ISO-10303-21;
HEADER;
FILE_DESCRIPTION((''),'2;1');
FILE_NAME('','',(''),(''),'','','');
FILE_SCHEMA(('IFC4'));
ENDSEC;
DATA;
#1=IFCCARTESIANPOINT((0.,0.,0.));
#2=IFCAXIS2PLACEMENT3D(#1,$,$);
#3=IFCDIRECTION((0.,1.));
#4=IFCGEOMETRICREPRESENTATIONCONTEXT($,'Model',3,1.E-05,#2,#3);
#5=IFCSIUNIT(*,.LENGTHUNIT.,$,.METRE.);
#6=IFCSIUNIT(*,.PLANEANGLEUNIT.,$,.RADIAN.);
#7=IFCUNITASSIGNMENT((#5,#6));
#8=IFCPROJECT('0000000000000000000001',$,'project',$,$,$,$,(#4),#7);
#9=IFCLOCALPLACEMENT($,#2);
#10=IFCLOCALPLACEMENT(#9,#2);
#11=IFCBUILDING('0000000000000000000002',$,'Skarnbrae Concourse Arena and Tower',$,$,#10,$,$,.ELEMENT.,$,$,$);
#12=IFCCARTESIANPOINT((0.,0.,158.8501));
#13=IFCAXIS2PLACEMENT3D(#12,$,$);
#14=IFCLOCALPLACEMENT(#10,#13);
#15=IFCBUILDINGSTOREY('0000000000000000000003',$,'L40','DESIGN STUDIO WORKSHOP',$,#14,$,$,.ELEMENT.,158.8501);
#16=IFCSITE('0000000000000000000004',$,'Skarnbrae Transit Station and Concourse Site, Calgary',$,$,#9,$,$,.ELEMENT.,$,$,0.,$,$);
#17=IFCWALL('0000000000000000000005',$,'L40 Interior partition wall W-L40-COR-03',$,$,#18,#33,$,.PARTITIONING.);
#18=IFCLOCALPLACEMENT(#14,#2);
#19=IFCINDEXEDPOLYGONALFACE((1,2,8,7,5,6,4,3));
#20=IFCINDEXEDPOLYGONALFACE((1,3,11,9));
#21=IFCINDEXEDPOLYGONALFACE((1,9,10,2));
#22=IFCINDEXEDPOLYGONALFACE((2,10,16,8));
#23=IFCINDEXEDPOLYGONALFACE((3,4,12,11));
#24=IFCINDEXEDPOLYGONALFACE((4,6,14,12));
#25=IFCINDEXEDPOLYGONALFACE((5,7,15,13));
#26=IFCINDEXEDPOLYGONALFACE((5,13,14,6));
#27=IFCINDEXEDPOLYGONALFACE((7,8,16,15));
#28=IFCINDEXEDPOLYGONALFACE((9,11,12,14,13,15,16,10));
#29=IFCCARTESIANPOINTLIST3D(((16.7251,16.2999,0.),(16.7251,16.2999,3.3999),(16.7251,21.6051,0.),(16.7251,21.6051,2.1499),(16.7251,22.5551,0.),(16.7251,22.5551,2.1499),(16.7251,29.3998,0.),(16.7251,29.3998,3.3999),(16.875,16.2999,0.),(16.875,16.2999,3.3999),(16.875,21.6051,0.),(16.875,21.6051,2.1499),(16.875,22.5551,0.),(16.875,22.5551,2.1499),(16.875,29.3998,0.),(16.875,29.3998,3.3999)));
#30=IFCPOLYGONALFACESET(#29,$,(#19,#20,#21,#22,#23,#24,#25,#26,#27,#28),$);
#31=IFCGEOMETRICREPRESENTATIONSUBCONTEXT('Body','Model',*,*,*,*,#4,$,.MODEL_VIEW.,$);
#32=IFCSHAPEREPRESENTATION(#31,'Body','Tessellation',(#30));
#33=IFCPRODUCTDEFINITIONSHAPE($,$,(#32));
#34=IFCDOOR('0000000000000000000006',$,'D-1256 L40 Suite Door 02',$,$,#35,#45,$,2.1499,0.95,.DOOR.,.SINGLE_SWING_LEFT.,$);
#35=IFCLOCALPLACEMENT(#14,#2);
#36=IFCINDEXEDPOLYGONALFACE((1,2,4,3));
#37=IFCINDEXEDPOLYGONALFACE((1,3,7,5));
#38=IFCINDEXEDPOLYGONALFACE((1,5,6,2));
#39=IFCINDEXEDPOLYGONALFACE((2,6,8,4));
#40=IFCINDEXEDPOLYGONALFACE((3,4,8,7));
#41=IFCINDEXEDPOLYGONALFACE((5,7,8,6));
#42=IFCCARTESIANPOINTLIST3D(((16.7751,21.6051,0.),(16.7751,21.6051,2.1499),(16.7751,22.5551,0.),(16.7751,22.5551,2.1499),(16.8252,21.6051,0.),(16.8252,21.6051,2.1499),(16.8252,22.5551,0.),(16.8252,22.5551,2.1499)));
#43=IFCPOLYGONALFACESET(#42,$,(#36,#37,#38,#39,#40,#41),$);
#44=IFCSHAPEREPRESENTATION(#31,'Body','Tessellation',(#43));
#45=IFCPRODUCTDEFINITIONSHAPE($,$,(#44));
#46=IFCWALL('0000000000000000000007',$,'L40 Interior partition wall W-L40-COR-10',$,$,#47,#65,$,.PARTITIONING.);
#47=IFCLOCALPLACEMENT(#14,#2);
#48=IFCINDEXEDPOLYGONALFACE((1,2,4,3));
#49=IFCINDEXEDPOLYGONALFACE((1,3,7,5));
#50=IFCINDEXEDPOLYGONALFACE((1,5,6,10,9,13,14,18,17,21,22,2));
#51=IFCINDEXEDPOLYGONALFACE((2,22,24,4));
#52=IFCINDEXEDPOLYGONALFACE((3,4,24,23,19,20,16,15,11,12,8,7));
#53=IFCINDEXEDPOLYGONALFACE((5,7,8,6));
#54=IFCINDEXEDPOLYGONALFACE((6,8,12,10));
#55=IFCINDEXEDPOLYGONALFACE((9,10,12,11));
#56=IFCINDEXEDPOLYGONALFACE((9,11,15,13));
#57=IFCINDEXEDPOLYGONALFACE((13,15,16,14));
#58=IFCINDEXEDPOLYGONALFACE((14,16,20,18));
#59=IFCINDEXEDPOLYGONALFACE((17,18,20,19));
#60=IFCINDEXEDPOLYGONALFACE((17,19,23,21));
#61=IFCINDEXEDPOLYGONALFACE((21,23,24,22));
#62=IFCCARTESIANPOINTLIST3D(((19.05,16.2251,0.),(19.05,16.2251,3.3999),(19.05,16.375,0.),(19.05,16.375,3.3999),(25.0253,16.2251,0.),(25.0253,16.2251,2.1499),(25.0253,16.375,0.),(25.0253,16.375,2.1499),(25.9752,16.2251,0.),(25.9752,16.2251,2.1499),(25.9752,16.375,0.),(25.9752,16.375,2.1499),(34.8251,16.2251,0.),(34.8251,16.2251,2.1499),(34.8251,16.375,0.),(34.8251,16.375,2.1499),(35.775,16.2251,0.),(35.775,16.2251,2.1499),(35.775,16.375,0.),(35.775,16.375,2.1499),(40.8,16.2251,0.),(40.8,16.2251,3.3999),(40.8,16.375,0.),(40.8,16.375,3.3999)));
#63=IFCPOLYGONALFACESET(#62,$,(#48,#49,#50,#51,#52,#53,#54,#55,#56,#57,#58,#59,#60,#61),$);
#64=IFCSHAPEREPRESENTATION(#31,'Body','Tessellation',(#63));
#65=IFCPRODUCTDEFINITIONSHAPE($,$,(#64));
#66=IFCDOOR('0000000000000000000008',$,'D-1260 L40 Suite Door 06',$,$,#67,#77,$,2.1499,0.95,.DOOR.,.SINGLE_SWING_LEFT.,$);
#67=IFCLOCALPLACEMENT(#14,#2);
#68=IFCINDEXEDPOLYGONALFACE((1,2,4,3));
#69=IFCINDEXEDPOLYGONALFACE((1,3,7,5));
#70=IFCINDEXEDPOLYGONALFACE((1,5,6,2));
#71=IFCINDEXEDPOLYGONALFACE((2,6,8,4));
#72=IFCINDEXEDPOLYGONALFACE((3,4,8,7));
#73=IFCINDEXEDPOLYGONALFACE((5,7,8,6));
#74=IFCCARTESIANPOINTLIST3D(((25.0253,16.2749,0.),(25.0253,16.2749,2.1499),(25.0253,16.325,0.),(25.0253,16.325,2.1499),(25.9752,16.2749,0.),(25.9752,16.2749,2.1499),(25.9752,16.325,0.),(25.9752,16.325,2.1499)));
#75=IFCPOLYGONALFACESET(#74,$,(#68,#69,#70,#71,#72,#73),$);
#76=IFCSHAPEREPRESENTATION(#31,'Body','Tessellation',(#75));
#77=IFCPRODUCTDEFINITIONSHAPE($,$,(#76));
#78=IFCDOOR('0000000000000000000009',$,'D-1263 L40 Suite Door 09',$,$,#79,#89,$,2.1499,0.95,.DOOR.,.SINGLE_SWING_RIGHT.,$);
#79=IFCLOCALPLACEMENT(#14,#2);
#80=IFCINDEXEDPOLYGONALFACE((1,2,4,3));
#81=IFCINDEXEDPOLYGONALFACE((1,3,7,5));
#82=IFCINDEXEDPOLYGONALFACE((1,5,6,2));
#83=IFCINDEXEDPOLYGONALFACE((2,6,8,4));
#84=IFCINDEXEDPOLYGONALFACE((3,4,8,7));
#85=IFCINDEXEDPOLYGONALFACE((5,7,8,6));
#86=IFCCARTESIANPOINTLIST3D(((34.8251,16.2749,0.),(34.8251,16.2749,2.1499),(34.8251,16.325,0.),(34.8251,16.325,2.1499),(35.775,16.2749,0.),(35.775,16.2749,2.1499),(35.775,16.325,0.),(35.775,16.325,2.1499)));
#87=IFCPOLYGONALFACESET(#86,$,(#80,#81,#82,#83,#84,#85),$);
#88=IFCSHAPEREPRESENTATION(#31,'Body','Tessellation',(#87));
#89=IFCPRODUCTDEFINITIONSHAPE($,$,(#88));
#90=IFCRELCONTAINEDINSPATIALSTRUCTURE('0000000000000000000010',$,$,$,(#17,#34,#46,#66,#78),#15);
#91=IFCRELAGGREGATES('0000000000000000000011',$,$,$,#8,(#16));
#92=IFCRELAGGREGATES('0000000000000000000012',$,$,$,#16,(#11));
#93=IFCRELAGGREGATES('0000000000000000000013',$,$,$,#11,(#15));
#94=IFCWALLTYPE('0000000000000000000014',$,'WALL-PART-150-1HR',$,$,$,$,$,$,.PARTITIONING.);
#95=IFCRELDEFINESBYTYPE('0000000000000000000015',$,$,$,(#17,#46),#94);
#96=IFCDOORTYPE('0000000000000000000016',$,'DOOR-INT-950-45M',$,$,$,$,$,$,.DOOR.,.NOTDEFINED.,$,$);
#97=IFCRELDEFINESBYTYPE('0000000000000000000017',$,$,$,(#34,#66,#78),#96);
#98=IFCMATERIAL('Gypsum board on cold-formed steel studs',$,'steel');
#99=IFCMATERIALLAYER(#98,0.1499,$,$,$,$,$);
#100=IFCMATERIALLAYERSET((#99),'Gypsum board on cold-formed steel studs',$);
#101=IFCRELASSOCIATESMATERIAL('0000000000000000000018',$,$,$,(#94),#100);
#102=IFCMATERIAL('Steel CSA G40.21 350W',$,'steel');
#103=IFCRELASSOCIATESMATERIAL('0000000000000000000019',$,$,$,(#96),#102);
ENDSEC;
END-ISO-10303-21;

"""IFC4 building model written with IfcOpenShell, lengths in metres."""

from ifc_helpers import new_model, si_unit, direction, frame, frame_2d, origin, place, context, subcontext, project, spatial, rectangle, extrude, source, transform, mapped, material, layer, layer_set, type_object, element, fill, save


model = new_model("IFC4")

# Units and contexts
model_context = context("Model", 3, precision=1e-05, world=origin(), true_north=direction((0.0, 1.0)))
body_context = subcontext(model_context, "Body", "Model", "MODEL_VIEW")
ifc_project = project(units=[si_unit("LENGTHUNIT", "METRE"), si_unit("PLANEANGLEUNIT", "RADIAN")], contexts=[model_context])

# Site, building, storey
site_placement = place(None, origin())
site = spatial("IfcSite", under=ifc_project, at=site_placement, Name="Skarnbrae Transit Station and Concourse Site, Calgary", CompositionType="ELEMENT", RefElevation=0.0)
building_placement = place(site_placement, origin())
building = spatial("IfcBuilding", under=site, at=building_placement, Name="Skarnbrae Concourse Arena and Tower", CompositionType="ELEMENT")
storey_placement = place(building_placement, frame((0.0, 0.0, 158.8501)))
storey = spatial("IfcBuildingStorey", under=building, at=storey_placement, Name="L40", Description="DESIGN STUDIO WORKSHOP", CompositionType="ELEMENT", Elevation=158.8501)

# Shared definitions
ifc_material_1 = material(Name="Steel CSA G40.21 350W", Category="steel")

# Shared definitions
ifc_material_2 = material(Name="Gypsum board on cold-formed steel studs", Category="steel")

# Wall, opening, door
ifc_layer_1 = layer(ifc_material_2, 0.1499)
ifc_layer_set_1 = layer_set([ifc_layer_1], Name="Gypsum board on cold-formed steel studs")
wall_type_1 = type_object("IfcWallType", Name="WALL-PART-150-1HR", PredefinedType="PARTITIONING", material=ifc_layer_set_1)
shared_shape_1 = source(origin(), body_context, "Body", "SweptSolid", [
    extrude(rectangle(XDim=13.0999, YDim=0.1499, at=frame_2d((6.5498, 0.0))), origin(), (0.0, 0.0, 1.0), 3.3999),
])
wall_1_placement = place(storey_placement, frame((16.8, 16.3, 0.0), z_axis=(0.0, 0.0, 1.0), x_axis=(0.0, 1.0, 0.0)))
wall_1 = element("IfcWall", 1, at=wall_1_placement, inside=storey, type_object=wall_type_1, Name="L40 Interior partition wall W-L40-COR-03", PredefinedType="PARTITIONING", context=body_context, shape_type="MappedRepresentation", body=[
    mapped(shared_shape_1, transform((0.0, 0.0, 0.0))),
])
opening_1_placement = place(wall_1_placement, frame((5.3049, 0.0, 0.0)))
opening_1 = element("IfcOpeningElement", 2, at=opening_1_placement, cuts=wall_1, PredefinedType="OPENING", context=body_context, shape_type="SweptSolid", body=[
    extrude(rectangle(XDim=0.95, YDim=2.1499, at=frame_2d((0.4751, 1.075))), frame((0.0, 0.085, 0.0), z_axis=(0.0, -1.0, 0.0), x_axis=(1.0, 0.0, 0.0)), (0.0, 0.0, 1.0), 0.1699),
])
door_type_1 = type_object("IfcDoorType", Name="DOOR-INT-950-45M", OperationType="NOTDEFINED", PredefinedType="DOOR", material=ifc_material_1)
shared_shape_2 = source(origin(), body_context, "Body", "SweptSolid", [
    extrude(rectangle(XDim=0.95, YDim=2.1499, at=frame_2d((0.4751, 1.075))), frame((0.0, 0.0249, 0.0), z_axis=(0.0, -1.0, 0.0), x_axis=(1.0, 0.0, 0.0)), (0.0, 0.0, 1.0), 0.05),
])
door_1_placement = place(opening_1_placement, origin())
door_1 = element("IfcDoor", 3, at=door_1_placement, inside=storey, type_object=door_type_1, Name="D-1256 L40 Suite Door 02", OperationType="SINGLE_SWING_LEFT", OverallHeight=2.1499, OverallWidth=0.95, PredefinedType="DOOR", context=body_context, shape_type="MappedRepresentation", body=[
    mapped(shared_shape_2, transform((0.0, 0.0, 0.0))),
])
fill(opening_1, door_1)

# Wall, openings, doors
shared_shape_3 = source(origin(), body_context, "Body", "SweptSolid", [
    extrude(rectangle(XDim=21.75, YDim=0.1499, at=frame_2d((10.875, 0.0))), origin(), (0.0, 0.0, 1.0), 3.3999),
])
wall_2_placement = place(storey_placement, frame((19.05, 16.3, 0.0), z_axis=(0.0, 0.0, 1.0), x_axis=(1.0, 0.0, 0.0)))
wall_2 = element("IfcWall", 4, at=wall_2_placement, inside=storey, type_object=wall_type_1, Name="L40 Interior partition wall W-L40-COR-10", PredefinedType="PARTITIONING", context=body_context, shape_type="MappedRepresentation", body=[
    mapped(shared_shape_3, transform((0.0, 0.0, 0.0))),
])
opening_2_placement = place(wall_2_placement, frame((5.9751, 0.0, 0.0)))
opening_2 = element("IfcOpeningElement", 5, at=opening_2_placement, cuts=wall_2, PredefinedType="OPENING", context=body_context, shape_type="SweptSolid", body=[
    extrude(rectangle(XDim=0.95, YDim=2.1499, at=frame_2d((0.4751, 1.075))), frame((0.0, 0.085, 0.0), z_axis=(0.0, -1.0, 0.0), x_axis=(1.0, 0.0, 0.0)), (0.0, 0.0, 1.0), 0.1699),
])
opening_3_placement = place(wall_2_placement, frame((15.7749, 0.0, 0.0)))
opening_3 = element("IfcOpeningElement", 6, at=opening_3_placement, cuts=wall_2, PredefinedType="OPENING", context=body_context, shape_type="SweptSolid", body=[
    extrude(rectangle(XDim=0.95, YDim=2.1499, at=frame_2d((0.4751, 1.075))), frame((0.0, 0.085, 0.0), z_axis=(0.0, -1.0, 0.0), x_axis=(1.0, 0.0, 0.0)), (0.0, 0.0, 1.0), 0.1699),
])
door_2_placement = place(opening_2_placement, origin())
door_2 = element("IfcDoor", 7, at=door_2_placement, inside=storey, type_object=door_type_1, Name="D-1260 L40 Suite Door 06", OperationType="SINGLE_SWING_LEFT", OverallHeight=2.1499, OverallWidth=0.95, PredefinedType="DOOR", context=body_context, shape_type="MappedRepresentation", body=[
    mapped(shared_shape_2, transform((0.0, 0.0, 0.0))),
])
fill(opening_2, door_2)
door_3_placement = place(opening_3_placement, origin())
door_3 = element("IfcDoor", 8, at=door_3_placement, inside=storey, type_object=door_type_1, Name="D-1263 L40 Suite Door 09", OperationType="SINGLE_SWING_RIGHT", OverallHeight=2.1499, OverallWidth=0.95, PredefinedType="DOOR", context=body_context, shape_type="MappedRepresentation", body=[
    mapped(shared_shape_2, transform((0.0, 0.0, 0.0))),
])
fill(opening_3, door_3)

save(model, "model.ifc")
